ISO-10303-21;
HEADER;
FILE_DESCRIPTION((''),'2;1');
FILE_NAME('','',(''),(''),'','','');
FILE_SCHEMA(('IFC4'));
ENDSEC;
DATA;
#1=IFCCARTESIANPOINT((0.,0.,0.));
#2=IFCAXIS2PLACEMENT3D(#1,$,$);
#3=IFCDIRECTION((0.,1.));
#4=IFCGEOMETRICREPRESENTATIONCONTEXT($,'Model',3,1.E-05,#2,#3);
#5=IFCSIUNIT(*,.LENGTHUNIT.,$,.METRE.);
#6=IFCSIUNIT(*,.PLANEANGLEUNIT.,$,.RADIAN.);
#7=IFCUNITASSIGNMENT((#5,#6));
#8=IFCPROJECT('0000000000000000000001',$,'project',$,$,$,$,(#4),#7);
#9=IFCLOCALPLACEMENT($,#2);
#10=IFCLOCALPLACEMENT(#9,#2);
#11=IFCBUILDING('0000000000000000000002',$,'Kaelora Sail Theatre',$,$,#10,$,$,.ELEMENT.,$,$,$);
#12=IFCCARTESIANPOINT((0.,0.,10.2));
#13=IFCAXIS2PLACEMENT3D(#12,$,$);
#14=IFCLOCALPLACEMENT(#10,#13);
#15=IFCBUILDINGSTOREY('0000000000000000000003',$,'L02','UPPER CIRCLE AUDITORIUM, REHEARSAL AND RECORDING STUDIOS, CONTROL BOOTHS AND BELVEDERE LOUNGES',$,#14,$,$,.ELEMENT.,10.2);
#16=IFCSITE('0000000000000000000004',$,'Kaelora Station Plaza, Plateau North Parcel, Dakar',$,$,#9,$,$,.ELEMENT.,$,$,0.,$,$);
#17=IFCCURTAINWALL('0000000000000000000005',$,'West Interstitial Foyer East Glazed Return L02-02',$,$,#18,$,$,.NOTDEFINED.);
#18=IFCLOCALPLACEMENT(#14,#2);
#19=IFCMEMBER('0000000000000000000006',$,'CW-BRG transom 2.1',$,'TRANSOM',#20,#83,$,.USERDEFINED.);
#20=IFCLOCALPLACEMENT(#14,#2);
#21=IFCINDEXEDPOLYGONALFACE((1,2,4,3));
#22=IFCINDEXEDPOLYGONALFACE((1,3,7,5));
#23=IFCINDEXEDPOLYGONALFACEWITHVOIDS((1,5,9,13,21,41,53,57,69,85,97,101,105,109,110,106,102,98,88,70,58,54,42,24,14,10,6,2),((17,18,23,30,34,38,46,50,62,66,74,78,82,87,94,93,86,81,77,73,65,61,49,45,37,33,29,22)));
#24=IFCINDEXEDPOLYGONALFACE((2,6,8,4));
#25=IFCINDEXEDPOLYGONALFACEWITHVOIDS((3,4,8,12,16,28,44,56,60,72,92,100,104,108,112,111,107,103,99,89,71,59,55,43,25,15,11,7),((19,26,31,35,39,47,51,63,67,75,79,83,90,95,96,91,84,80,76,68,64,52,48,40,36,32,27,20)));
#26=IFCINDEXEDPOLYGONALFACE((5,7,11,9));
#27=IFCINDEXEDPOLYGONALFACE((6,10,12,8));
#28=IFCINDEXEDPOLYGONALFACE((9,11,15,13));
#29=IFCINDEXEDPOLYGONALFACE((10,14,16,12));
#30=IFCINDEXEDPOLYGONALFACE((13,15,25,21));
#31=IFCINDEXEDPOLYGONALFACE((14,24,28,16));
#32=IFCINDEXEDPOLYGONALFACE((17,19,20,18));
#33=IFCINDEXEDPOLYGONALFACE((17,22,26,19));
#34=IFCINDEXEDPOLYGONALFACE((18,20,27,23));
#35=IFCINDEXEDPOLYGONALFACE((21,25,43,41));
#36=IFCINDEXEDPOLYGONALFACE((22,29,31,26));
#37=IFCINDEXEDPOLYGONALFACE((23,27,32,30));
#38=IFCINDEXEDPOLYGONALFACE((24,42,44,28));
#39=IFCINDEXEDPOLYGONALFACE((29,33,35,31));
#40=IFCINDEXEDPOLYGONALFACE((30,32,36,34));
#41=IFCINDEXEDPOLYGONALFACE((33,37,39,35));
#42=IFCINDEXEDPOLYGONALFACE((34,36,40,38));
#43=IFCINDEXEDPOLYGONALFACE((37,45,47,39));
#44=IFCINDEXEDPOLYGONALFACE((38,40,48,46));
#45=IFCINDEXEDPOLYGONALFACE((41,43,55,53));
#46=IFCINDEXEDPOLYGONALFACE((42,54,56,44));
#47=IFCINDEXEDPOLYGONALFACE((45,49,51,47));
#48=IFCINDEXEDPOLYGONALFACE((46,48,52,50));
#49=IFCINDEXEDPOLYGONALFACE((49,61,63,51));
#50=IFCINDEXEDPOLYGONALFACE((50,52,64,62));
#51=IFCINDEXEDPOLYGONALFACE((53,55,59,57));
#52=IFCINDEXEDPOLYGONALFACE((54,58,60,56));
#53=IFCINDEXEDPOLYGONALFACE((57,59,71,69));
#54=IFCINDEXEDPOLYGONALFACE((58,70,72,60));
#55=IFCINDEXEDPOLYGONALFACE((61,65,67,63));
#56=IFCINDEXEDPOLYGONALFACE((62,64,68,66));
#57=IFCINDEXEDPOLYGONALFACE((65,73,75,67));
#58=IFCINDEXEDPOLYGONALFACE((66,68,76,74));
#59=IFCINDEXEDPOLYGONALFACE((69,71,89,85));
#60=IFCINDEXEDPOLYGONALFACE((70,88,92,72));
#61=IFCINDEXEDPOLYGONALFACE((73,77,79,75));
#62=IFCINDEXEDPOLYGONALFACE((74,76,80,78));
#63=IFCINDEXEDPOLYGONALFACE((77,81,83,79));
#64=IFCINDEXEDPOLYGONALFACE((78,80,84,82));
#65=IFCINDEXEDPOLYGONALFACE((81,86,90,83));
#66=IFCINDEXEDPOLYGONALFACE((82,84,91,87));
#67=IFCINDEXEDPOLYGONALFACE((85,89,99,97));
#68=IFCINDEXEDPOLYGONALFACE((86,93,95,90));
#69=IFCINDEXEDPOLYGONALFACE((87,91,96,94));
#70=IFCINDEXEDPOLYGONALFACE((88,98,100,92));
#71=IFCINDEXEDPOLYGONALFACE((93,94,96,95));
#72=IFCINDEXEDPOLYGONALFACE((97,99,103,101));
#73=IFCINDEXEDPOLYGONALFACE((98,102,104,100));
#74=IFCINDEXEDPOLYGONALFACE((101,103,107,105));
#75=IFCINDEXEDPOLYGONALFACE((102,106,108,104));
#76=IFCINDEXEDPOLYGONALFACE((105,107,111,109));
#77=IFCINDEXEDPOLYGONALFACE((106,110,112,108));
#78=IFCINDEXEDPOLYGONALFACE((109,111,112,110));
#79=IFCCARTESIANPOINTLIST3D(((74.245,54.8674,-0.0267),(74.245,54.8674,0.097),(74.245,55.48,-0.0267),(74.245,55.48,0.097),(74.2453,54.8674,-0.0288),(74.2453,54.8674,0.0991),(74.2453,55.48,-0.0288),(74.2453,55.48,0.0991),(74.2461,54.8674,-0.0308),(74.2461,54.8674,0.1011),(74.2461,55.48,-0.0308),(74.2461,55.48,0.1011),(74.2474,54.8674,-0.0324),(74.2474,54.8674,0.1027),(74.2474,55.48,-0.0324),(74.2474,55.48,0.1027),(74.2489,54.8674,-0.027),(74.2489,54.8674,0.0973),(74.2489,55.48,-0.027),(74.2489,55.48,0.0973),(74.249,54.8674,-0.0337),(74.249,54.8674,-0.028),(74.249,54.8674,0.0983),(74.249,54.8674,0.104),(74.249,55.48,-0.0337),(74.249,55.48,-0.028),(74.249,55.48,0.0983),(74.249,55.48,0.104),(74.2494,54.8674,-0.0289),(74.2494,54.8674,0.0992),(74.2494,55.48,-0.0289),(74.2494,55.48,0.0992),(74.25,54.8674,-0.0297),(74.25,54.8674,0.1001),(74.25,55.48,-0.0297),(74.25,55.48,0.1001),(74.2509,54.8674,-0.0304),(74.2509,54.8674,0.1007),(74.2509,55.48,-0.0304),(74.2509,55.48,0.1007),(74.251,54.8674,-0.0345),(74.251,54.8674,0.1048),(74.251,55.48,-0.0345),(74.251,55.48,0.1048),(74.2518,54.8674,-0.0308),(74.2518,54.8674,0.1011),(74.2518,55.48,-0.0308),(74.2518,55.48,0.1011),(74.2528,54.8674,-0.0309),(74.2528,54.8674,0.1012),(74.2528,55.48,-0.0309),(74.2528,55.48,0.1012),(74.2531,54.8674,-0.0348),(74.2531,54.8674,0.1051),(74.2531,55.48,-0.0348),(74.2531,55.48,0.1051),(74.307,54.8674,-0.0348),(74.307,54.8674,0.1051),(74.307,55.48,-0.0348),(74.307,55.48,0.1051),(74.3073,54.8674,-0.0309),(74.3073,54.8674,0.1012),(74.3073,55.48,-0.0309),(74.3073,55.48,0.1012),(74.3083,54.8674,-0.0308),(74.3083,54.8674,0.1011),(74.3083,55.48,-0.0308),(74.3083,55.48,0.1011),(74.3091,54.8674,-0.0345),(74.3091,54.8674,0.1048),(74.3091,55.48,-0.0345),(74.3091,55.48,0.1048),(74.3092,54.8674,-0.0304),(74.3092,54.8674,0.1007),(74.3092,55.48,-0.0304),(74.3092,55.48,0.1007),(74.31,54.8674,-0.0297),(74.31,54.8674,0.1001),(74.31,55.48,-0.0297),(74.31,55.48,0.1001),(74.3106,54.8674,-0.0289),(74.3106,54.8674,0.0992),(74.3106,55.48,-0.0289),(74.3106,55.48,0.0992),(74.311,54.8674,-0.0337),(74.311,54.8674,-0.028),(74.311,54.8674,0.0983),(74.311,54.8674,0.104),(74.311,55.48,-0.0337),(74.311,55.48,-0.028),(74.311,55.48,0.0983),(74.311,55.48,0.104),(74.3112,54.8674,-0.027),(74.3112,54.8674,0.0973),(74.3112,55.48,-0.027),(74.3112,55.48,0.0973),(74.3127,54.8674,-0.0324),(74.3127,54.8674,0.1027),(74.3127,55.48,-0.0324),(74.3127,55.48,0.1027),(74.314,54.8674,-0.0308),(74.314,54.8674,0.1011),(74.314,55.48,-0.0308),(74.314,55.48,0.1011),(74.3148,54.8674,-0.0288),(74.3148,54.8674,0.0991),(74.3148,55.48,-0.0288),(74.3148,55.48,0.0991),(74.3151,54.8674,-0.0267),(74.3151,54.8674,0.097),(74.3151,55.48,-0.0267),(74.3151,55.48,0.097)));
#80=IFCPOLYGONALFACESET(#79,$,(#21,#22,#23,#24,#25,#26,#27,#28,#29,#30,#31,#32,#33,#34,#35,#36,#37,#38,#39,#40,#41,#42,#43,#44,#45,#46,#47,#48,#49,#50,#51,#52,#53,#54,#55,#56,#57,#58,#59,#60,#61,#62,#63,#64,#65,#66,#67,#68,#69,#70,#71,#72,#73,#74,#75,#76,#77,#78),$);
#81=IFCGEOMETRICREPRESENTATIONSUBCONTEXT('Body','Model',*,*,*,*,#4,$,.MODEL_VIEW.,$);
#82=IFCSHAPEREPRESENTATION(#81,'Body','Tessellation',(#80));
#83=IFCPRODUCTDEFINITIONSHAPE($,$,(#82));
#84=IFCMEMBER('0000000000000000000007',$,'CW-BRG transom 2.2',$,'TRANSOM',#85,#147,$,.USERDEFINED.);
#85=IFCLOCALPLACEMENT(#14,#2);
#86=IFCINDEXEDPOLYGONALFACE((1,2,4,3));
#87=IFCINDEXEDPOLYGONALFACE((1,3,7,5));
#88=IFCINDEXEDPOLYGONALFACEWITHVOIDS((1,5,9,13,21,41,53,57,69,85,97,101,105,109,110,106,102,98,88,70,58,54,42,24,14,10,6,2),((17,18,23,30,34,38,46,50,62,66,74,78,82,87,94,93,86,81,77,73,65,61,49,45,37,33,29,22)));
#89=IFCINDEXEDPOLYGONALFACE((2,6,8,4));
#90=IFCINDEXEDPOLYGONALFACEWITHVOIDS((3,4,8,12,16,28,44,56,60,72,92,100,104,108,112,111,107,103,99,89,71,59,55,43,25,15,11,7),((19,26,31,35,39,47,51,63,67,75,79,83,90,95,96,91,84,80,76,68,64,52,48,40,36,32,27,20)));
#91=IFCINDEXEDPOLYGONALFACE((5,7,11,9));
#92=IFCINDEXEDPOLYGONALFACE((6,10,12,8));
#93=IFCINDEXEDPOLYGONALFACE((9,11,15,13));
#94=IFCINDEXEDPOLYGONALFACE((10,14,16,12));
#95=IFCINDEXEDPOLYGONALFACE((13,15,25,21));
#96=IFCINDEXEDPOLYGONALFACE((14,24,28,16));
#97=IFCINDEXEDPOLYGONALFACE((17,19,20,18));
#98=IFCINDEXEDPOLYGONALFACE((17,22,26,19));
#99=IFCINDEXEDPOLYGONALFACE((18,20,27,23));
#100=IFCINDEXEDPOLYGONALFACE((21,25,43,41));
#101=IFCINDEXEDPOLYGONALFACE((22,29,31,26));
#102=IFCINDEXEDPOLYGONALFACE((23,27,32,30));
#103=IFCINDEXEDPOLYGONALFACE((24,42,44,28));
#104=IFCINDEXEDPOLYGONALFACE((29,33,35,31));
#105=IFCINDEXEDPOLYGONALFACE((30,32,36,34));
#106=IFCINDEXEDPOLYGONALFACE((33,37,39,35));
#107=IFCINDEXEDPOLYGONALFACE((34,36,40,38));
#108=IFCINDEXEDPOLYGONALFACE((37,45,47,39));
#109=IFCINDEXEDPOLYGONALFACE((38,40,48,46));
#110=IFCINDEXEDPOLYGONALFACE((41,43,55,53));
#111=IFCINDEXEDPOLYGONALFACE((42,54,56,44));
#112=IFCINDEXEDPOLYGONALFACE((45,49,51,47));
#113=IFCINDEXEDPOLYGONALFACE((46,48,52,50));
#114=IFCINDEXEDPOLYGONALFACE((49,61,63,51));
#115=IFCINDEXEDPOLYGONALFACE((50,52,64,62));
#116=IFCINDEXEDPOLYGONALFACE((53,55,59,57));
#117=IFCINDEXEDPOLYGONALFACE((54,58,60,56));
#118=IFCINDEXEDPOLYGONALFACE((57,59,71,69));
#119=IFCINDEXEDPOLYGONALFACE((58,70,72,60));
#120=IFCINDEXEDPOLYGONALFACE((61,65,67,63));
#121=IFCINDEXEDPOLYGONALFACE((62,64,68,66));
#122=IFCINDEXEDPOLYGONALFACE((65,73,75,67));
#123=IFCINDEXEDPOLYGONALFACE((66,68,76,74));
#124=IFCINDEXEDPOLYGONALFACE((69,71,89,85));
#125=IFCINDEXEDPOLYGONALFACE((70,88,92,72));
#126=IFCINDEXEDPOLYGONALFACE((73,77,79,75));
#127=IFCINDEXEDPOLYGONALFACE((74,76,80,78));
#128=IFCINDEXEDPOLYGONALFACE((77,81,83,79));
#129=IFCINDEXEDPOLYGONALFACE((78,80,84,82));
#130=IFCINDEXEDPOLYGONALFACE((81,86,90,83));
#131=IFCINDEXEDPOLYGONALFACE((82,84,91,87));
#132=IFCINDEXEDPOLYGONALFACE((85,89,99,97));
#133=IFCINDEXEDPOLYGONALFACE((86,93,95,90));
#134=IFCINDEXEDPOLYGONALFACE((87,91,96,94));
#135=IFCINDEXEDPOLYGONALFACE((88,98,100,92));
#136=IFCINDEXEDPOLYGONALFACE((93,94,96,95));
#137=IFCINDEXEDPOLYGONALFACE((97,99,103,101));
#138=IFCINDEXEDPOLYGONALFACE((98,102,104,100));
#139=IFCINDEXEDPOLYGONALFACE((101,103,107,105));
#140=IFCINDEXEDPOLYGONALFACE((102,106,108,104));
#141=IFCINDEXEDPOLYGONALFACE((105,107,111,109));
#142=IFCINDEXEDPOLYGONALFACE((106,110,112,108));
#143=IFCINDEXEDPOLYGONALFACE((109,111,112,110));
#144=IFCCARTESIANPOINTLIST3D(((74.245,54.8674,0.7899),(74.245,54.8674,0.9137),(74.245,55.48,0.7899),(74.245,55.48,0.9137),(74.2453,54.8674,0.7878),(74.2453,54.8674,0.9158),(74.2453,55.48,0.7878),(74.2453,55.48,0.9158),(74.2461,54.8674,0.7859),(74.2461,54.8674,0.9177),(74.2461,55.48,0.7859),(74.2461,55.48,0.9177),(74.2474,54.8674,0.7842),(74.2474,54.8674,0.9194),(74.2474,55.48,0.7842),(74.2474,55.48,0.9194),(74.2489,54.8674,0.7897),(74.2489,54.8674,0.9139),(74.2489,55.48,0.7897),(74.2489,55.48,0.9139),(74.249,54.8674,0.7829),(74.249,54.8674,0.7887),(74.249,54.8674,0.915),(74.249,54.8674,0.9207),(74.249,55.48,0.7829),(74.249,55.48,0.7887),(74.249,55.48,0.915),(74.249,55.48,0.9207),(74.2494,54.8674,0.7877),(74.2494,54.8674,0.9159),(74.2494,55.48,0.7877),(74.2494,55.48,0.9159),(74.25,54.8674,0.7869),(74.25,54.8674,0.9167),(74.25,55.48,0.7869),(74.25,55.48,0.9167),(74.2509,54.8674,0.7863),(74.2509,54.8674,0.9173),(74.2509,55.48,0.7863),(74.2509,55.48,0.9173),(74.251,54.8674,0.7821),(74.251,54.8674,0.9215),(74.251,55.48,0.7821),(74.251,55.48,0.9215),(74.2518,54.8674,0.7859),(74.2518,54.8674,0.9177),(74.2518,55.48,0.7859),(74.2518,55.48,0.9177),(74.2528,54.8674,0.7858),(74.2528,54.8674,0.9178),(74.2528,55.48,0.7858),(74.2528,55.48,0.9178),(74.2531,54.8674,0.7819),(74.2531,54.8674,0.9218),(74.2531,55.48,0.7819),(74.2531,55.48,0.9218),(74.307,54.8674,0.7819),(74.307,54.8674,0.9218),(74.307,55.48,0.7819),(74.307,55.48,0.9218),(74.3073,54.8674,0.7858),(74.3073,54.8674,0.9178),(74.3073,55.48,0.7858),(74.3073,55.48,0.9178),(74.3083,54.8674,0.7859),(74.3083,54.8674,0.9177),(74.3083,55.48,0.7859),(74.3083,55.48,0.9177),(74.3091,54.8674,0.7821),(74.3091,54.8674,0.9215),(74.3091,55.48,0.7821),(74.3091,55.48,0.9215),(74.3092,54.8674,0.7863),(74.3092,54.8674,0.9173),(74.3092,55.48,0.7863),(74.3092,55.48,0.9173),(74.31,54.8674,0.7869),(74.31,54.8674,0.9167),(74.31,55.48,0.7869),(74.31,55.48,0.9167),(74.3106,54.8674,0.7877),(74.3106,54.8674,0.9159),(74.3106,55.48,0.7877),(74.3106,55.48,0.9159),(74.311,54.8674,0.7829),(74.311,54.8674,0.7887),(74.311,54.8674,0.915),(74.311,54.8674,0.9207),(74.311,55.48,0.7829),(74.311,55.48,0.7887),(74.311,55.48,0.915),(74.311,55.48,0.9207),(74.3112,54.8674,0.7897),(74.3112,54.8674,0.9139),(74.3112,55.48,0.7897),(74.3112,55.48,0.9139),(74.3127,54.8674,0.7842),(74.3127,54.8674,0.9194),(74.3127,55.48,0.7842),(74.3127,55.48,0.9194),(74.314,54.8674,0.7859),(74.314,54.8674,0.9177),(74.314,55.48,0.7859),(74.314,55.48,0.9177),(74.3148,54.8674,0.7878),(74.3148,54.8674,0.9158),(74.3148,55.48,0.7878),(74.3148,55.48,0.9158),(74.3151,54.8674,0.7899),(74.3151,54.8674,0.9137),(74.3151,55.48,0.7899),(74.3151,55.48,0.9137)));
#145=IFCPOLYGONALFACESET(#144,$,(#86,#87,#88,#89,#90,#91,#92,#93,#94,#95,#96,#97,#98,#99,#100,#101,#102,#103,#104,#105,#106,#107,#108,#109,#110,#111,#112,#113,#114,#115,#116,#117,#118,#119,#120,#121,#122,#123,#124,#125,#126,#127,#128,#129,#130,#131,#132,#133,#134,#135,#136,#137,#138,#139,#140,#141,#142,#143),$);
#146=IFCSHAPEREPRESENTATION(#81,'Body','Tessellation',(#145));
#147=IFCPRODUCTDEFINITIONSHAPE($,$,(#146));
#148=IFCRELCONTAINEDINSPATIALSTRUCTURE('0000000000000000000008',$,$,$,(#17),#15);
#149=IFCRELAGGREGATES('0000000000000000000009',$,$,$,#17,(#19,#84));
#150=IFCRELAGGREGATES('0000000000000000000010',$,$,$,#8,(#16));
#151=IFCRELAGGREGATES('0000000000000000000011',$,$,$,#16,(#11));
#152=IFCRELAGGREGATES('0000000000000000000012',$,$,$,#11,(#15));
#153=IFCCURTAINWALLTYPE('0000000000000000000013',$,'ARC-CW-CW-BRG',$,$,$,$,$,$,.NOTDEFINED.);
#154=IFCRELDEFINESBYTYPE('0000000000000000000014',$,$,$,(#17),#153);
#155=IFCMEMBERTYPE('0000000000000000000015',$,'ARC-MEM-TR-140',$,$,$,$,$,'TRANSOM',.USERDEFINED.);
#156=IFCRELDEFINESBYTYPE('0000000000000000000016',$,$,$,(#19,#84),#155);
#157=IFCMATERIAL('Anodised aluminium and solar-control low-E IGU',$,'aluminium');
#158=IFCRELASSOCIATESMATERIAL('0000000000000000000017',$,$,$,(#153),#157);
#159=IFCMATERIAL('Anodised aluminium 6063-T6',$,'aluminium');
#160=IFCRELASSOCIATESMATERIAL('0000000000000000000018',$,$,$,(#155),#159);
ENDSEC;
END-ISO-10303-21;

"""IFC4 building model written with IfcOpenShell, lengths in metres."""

from ifc_helpers import new_model, si_unit, direction, frame, origin, origin_2d, place, context, subcontext, project, spatial, hollow_rectangle, extrude, material, material_profile, profile_set, type_object, element, aggregate, save


model = new_model("IFC4")

# Units and contexts
model_context = context("Model", 3, precision=1e-05, world=origin(), true_north=direction((0.0, 1.0)))
body_context = subcontext(model_context, "Body", "Model", "MODEL_VIEW")
ifc_project = project(units=[si_unit("LENGTHUNIT", "METRE"), si_unit("PLANEANGLEUNIT", "RADIAN")], contexts=[model_context])

# Site, building, storey
site_placement = place(None, origin())
site = spatial("IfcSite", under=ifc_project, at=site_placement, Name="Kaelora Station Plaza, Plateau North Parcel, Dakar", CompositionType="ELEMENT", RefElevation=0.0)
building_placement = place(site_placement, origin())
building = spatial("IfcBuilding", under=site, at=building_placement, Name="Kaelora Sail Theatre", CompositionType="ELEMENT")
storey_placement = place(building_placement, frame((0.0, 0.0, 10.2)))
storey = spatial("IfcBuildingStorey", under=building, at=storey_placement, Name="L02", Description="UPPER CIRCLE AUDITORIUM, REHEARSAL AND RECORDING STUDIOS, CONTROL BOOTHS AND BELVEDERE LOUNGES", CompositionType="ELEMENT", Elevation=10.2)

# Curtain wall
ifc_material_1 = material(Name="Anodised aluminium and solar-control low-E IGU", Category="aluminium")
curtain_wall_type = type_object("IfcCurtainWallType", Name="ARC-CW-CW-BRG", PredefinedType="NOTDEFINED", material=ifc_material_1)
curtain_wall_1_placement = place(storey_placement, origin())
curtain_wall_1 = element("IfcCurtainWall", 1, at=curtain_wall_1_placement, inside=storey, type_object=curtain_wall_type, Name="West Interstitial Foyer East Glazed Return L02-02", PredefinedType="NOTDEFINED")

# Members
ifc_material_2 = material(Name="Anodised aluminium 6063-T6", Category="aluminium")
ifc_material_profile_1 = material_profile(ifc_material_2, hollow_rectangle(XDim=0.0701, YDim=0.1399, WallThickness=0.0039, InnerFilletRadius=0.0039, OuterFilletRadius=0.0081, at=origin_2d()), Name="ALU-TRAN 70x140x4")
ifc_profile_set_1 = profile_set([ifc_material_profile_1], Name="Anodised aluminium 6063-T6")
member_type_1 = type_object("IfcMemberType", Name="ARC-MEM-TR-140", ElementType="TRANSOM", PredefinedType="USERDEFINED", material=ifc_profile_set_1)
member_1_placement = place(storey_placement, frame((74.28, 54.8674, 0.0352), z_axis=(0.0, 1.0, 0.0), x_axis=(-1.0, 0.0, 0.0)))
member_1 = element("IfcMember", 2, at=member_1_placement, type_object=member_type_1, Name="CW-BRG transom 2.1", ObjectType="TRANSOM", PredefinedType="USERDEFINED", context=body_context, shape_type="SweptSolid", body=[
    extrude(hollow_rectangle(XDim=0.0701, YDim=0.1399, WallThickness=0.0039, InnerFilletRadius=0.0039, OuterFilletRadius=0.0081, at=origin_2d()), origin(), (0.0, 0.0, 1.0), 0.6125),
])
member_2_placement = place(storey_placement, frame((74.28, 54.8674, 0.8518), z_axis=(0.0, 1.0, 0.0), x_axis=(-1.0, 0.0, 0.0)))
member_2 = element("IfcMember", 3, at=member_2_placement, type_object=member_type_1, Name="CW-BRG transom 2.2", ObjectType="TRANSOM", PredefinedType="USERDEFINED", context=body_context, shape_type="SweptSolid", body=[
    extrude(hollow_rectangle(XDim=0.0701, YDim=0.1399, WallThickness=0.0039, InnerFilletRadius=0.0039, OuterFilletRadius=0.0081, at=origin_2d()), origin(), (0.0, 0.0, 1.0), 0.6125),
])

aggregate(curtain_wall_1, [member_1, member_2])

save(model, "model.ifc")
